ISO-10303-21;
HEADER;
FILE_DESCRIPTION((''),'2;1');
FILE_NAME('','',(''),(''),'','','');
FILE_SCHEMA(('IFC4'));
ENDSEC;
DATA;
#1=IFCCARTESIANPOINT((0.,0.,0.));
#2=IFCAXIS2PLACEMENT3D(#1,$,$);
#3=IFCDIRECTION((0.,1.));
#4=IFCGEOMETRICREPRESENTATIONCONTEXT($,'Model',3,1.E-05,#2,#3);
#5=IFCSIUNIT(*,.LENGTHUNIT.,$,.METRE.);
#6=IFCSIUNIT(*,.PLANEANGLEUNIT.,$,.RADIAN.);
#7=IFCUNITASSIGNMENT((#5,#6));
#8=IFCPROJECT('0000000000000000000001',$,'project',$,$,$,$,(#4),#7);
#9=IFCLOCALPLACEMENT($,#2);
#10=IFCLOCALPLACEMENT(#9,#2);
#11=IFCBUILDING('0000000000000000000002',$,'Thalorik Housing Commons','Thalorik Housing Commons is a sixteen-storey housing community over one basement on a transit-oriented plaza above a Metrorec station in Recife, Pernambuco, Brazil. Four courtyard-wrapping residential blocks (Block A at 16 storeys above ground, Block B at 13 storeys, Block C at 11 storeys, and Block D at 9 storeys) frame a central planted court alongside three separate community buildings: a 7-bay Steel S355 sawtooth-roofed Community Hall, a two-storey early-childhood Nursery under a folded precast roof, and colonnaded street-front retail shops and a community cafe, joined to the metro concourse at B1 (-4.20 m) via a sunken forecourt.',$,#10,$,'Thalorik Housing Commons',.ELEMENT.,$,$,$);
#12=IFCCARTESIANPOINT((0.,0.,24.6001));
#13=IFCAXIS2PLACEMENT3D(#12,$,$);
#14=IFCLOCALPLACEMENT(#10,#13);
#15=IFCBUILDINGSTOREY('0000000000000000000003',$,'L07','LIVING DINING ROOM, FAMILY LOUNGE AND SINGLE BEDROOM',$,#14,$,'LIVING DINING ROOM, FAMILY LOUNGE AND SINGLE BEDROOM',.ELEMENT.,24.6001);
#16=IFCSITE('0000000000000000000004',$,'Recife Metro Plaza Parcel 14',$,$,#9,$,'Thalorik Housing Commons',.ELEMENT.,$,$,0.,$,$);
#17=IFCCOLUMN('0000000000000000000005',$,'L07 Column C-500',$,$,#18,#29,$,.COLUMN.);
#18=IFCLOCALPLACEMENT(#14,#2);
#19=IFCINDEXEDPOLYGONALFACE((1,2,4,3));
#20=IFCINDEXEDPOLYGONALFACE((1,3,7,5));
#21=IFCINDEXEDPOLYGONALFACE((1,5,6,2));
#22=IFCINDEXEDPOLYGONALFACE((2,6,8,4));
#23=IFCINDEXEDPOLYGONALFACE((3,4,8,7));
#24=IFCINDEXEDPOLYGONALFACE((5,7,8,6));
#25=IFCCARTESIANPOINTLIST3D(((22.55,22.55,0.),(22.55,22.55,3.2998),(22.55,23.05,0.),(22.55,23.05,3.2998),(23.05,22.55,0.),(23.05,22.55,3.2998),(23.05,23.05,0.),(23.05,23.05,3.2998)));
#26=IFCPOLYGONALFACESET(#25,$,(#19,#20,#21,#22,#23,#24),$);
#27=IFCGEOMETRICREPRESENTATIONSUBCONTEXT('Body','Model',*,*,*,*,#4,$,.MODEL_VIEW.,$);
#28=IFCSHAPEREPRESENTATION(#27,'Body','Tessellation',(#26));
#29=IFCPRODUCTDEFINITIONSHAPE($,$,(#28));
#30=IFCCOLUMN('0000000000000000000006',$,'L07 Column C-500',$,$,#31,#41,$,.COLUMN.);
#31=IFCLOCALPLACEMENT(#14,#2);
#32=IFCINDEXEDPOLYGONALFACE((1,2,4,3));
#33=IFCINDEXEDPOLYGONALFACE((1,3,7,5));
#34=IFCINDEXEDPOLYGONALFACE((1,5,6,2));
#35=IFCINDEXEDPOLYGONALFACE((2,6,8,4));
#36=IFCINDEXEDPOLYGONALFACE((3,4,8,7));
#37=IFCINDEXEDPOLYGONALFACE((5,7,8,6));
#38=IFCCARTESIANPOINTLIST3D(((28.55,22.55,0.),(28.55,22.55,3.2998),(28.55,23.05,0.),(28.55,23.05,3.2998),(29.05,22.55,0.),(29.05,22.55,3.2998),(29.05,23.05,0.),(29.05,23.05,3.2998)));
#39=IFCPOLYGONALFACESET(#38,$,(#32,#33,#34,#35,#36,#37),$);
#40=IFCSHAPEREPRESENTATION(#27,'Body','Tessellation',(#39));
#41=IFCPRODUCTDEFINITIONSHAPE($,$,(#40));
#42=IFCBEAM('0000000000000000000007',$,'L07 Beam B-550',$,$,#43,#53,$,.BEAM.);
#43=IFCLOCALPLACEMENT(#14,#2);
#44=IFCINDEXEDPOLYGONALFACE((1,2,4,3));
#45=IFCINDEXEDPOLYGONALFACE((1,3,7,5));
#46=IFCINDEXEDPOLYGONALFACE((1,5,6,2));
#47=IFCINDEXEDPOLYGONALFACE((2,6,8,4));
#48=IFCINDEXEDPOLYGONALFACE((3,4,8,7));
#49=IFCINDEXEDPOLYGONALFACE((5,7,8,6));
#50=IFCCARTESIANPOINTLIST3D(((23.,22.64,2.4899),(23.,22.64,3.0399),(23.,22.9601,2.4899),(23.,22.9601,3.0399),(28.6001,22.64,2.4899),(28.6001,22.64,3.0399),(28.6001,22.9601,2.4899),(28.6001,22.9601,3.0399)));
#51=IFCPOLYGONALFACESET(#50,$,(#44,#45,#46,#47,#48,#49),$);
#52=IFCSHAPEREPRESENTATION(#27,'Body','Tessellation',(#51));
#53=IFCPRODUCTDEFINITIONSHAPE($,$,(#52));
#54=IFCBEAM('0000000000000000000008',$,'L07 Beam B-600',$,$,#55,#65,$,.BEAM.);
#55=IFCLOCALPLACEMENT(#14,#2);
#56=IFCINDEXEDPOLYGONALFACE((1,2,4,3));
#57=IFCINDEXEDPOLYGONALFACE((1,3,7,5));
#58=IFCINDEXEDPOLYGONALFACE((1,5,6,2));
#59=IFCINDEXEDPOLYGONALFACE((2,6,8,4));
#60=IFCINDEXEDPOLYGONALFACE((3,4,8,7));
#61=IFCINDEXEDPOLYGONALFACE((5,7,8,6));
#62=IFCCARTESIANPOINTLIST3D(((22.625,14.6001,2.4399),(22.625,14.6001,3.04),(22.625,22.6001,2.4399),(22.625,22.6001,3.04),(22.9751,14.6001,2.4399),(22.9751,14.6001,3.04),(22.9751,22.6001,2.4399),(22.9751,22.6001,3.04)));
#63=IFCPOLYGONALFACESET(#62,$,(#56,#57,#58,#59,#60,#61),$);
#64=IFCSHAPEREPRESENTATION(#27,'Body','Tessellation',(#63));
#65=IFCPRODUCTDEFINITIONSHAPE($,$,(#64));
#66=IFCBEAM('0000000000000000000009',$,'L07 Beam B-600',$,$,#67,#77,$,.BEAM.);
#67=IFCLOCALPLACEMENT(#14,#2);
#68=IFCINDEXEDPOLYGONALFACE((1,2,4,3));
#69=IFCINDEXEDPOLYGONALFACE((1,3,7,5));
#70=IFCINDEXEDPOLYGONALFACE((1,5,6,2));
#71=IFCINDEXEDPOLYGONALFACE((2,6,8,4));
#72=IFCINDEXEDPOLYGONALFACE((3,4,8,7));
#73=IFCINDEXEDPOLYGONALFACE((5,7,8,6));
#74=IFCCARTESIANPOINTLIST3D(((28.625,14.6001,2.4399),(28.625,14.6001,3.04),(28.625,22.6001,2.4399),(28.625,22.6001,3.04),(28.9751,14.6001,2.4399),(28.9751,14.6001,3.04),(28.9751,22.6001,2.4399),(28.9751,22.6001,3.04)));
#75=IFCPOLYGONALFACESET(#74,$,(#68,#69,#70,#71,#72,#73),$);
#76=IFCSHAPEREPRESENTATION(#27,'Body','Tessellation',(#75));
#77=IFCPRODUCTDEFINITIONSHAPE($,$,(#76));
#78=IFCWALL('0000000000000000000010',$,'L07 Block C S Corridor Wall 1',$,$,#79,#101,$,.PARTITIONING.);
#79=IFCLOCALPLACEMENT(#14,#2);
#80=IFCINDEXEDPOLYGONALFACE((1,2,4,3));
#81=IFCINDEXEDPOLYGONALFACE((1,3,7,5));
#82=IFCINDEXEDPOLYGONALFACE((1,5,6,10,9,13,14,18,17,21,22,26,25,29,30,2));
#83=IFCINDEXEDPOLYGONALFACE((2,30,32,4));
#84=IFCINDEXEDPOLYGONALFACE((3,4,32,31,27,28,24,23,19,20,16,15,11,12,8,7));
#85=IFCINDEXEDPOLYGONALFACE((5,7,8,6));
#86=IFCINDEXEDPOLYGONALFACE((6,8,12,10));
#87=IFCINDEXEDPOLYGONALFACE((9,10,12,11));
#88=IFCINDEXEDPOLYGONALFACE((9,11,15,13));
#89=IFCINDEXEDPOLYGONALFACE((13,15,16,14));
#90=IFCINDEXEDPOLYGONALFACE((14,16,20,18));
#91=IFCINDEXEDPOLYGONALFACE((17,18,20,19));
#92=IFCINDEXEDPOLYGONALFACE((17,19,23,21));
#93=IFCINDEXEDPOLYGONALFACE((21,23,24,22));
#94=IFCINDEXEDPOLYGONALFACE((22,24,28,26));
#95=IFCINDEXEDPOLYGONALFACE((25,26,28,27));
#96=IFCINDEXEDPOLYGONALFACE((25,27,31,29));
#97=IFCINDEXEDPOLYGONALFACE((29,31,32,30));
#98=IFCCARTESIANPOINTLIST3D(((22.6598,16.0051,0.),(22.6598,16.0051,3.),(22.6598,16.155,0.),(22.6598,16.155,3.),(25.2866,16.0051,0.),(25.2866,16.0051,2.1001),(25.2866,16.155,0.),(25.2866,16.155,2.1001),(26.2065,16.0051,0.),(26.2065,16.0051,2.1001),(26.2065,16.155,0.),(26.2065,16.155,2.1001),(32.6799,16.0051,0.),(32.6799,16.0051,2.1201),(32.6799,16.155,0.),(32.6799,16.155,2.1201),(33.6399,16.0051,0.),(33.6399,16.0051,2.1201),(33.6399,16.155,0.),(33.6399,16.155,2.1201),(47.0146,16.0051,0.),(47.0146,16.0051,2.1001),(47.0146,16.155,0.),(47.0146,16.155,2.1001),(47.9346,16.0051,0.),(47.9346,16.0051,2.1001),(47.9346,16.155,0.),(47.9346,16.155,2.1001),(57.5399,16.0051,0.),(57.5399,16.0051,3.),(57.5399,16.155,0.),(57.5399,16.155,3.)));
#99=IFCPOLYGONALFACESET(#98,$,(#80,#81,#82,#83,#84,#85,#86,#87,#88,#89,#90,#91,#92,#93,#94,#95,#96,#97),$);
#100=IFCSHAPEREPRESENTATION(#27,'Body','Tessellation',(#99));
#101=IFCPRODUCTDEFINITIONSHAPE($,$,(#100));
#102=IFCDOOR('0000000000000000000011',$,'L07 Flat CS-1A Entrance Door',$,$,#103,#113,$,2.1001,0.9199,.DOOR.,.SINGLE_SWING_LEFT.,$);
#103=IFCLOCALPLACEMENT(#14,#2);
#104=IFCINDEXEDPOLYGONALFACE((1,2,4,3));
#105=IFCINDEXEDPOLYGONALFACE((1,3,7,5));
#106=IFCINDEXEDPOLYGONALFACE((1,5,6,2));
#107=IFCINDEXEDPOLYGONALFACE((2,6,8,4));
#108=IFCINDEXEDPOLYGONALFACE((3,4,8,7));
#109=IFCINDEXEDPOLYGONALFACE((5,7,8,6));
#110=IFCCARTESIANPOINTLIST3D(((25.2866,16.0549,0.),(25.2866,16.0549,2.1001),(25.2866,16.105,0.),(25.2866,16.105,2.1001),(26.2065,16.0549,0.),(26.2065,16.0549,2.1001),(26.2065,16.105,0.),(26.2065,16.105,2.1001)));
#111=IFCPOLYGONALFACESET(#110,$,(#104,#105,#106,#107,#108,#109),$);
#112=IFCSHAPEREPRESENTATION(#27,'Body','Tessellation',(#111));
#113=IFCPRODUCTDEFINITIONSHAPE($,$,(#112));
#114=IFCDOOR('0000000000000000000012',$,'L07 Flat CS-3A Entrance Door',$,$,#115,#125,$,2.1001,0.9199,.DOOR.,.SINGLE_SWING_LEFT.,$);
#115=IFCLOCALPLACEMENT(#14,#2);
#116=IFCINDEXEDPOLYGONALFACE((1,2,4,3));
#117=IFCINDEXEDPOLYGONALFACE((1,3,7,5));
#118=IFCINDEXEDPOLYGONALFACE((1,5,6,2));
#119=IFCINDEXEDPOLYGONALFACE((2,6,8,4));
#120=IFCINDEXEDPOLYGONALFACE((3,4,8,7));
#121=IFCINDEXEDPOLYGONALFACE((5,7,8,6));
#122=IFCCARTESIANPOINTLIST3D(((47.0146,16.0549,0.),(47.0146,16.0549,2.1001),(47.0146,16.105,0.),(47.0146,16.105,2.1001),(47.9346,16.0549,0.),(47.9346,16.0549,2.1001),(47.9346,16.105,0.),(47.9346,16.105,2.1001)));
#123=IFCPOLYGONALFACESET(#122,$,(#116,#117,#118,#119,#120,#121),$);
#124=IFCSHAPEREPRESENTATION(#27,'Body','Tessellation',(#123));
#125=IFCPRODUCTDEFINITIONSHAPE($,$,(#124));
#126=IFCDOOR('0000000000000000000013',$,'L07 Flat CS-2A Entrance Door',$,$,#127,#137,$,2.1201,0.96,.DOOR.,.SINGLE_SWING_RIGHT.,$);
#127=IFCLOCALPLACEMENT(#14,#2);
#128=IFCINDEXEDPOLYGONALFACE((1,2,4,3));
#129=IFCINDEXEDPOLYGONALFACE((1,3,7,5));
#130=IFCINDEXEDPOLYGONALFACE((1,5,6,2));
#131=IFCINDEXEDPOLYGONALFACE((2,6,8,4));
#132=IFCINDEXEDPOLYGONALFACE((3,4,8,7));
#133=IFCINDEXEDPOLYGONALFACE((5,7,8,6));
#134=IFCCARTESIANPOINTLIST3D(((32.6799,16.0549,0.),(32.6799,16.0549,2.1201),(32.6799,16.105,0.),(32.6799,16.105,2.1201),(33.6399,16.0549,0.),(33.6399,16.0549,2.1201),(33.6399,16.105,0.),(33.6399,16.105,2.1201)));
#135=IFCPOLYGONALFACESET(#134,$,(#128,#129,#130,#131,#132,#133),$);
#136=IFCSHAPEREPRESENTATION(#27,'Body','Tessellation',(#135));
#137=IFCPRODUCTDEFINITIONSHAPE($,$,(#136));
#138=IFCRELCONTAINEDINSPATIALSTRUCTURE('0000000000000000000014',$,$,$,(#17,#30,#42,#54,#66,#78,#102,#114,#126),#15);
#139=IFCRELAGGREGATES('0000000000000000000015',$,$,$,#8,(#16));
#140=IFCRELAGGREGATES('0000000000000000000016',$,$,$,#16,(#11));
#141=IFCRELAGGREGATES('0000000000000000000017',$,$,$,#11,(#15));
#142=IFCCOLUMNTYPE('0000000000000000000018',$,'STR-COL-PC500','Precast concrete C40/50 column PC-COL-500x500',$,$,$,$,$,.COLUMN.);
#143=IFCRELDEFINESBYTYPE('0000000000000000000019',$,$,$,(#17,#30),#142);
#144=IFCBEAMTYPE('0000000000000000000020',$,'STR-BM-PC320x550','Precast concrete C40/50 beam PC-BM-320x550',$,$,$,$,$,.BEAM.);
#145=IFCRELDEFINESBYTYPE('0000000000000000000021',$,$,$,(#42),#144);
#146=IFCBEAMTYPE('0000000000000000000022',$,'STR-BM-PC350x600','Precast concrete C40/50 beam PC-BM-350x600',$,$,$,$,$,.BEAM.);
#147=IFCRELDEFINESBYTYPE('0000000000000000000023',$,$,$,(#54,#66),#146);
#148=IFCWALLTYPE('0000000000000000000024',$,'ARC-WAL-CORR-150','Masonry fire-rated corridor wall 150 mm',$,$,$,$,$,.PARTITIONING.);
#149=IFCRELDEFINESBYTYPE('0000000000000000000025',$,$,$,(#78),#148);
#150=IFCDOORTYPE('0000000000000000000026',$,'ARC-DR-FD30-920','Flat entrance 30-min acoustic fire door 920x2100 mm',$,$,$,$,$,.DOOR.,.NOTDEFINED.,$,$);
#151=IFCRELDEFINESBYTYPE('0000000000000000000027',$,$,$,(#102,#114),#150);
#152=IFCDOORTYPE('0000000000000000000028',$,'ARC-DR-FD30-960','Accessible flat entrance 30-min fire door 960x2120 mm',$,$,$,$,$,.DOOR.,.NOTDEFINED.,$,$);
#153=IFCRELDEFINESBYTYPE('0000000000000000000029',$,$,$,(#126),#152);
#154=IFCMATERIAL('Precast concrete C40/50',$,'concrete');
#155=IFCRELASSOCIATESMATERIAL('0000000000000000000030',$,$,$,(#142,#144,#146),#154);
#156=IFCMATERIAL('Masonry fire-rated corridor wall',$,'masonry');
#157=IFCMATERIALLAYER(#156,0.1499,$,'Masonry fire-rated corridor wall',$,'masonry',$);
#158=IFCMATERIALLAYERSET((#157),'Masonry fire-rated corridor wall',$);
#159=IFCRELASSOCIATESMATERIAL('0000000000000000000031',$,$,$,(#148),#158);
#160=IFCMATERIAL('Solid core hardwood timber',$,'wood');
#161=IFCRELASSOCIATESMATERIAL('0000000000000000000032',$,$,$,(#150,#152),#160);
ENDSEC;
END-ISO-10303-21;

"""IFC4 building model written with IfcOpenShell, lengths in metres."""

from ifc_helpers import new_model, si_unit, direction, frame, frame_2d, origin, origin_2d, place, context, subcontext, project, spatial, rectangle, extrude, material, layer, layer_set, material_profile, profile_set, type_object, element, fill, save


model = new_model("IFC4")

# Units and contexts
model_context = context("Model", 3, precision=1e-05, world=origin(), true_north=direction((0.0, 1.0)))
body_context = subcontext(model_context, "Body", "Model", "MODEL_VIEW")
ifc_project = project(units=[si_unit("LENGTHUNIT", "METRE"), si_unit("PLANEANGLEUNIT", "RADIAN")], contexts=[model_context])

# Site, building, storey
site_placement = place(None, origin())
site = spatial("IfcSite", under=ifc_project, at=site_placement, Name="Recife Metro Plaza Parcel 14", LongName="Thalorik Housing Commons", CompositionType="ELEMENT", RefElevation=0.0)
building_placement = place(site_placement, origin())
building = spatial("IfcBuilding", under=site, at=building_placement, Name="Thalorik Housing Commons", Description="Thalorik Housing Commons is a sixteen-storey housing community over one basement on a transit-oriented plaza above a Metrorec station in Recife, Pernambuco, Brazil. Four courtyard-wrapping residential blocks (Block A at 16 storeys above ground, Block B at 13 storeys, Block C at 11 storeys, and Block D at 9 storeys) frame a central planted court alongside three separate community buildings: a 7-bay Steel S355 sawtooth-roofed Community Hall, a two-storey early-childhood Nursery under a folded precast roof, and colonnaded street-front retail shops and a community cafe, joined to the metro concourse at B1 (-4.20 m) via a sunken forecourt.", LongName="Thalorik Housing Commons", CompositionType="ELEMENT")
storey_placement = place(building_placement, frame((0.0, 0.0, 24.6001)))
storey = spatial("IfcBuildingStorey", under=building, at=storey_placement, Name="L07", Description="LIVING DINING ROOM, FAMILY LOUNGE AND SINGLE BEDROOM", LongName="LIVING DINING ROOM, FAMILY LOUNGE AND SINGLE BEDROOM", CompositionType="ELEMENT", Elevation=24.6001)

# Columns
ifc_material_1 = material(Name="Precast concrete C40/50", Category="concrete")
ifc_material_profile_1 = material_profile(ifc_material_1, rectangle(XDim=0.5, YDim=0.5, at=origin_2d()), Name="PC 500x500", Category="concrete")
ifc_profile_set_1 = profile_set([ifc_material_profile_1], Name="Precast concrete C40/50")
column_type = type_object("IfcColumnType", Name="STR-COL-PC500", Description="Precast concrete C40/50 column PC-COL-500x500", PredefinedType="COLUMN", material=ifc_profile_set_1)
for number, where, z_axis, x_axis, name in (
    (1, (22.8, 22.8, 0.0), (0.0, 0.0, 1.0), (1.0, 0.0, 0.0), "L07 Column C-500"),
    (2, (28.8, 22.8, 0.0), (0.0, 0.0, 1.0), (1.0, 0.0, 0.0), "L07 Column C-500"),
):
    element("IfcColumn", number, at=place(storey_placement, frame(where, z_axis=z_axis, x_axis=x_axis)), inside=storey, type_object=column_type, Name=name, PredefinedType="COLUMN", context=body_context, shape_type="SweptSolid", body=[
        extrude(rectangle(XDim=0.5, YDim=0.5, at=origin_2d()), origin(), (0.0, 0.0, 1.0), 3.2998),
    ])

# Beams
ifc_material_profile_2 = material_profile(ifc_material_1, rectangle(XDim=0.3201, YDim=0.55, at=origin_2d()), Name="PC 320x550", Category="concrete")
ifc_profile_set_2 = profile_set([ifc_material_profile_2], Name="Precast concrete C40/50")
beam_type_1 = type_object("IfcBeamType", Name="STR-BM-PC320x550", Description="Precast concrete C40/50 beam PC-BM-320x550", PredefinedType="BEAM", material=ifc_profile_set_2)
beam_placement = place(storey_placement, frame((23.0, 22.8, 2.7649), z_axis=(1.0, 0.0, 0.0), x_axis=(0.0, 1.0, 0.0)))
element("IfcBeam", 3, at=beam_placement, inside=storey, type_object=beam_type_1, Name="L07 Beam B-550", PredefinedType="BEAM", context=body_context, shape_type="SweptSolid", body=[
    extrude(rectangle(XDim=0.3201, YDim=0.55, at=origin_2d()), origin(), (0.0, 0.0, 1.0), 5.6001),
])
ifc_material_profile_3 = material_profile(ifc_material_1, rectangle(XDim=0.3501, YDim=0.6001, at=origin_2d()), Name="PC 350x600", Category="concrete")
ifc_profile_set_3 = profile_set([ifc_material_profile_3], Name="Precast concrete C40/50")
beam_type_2 = type_object("IfcBeamType", Name="STR-BM-PC350x600", Description="Precast concrete C40/50 beam PC-BM-350x600", PredefinedType="BEAM", material=ifc_profile_set_3)
for number, where, z_axis, x_axis, name in (
    (4, (22.8, 14.6001, 2.74), (0.0, 1.0, 0.0), (-1.0, 0.0, 0.0), "L07 Beam B-600"),
    (5, (28.8, 14.6001, 2.74), (0.0, 1.0, 0.0), (-1.0, 0.0, 0.0), "L07 Beam B-600"),
):
    element("IfcBeam", number, at=place(storey_placement, frame(where, z_axis=z_axis, x_axis=x_axis)), inside=storey, type_object=beam_type_2, Name=name, PredefinedType="BEAM", context=body_context, shape_type="SweptSolid", body=[
        extrude(rectangle(XDim=0.3501, YDim=0.6001, at=origin_2d()), origin(), (0.0, 0.0, 1.0), 8.0),
    ])

# Wall, openings, doors
ifc_material_2 = material(Name="Masonry fire-rated corridor wall", Category="masonry")
ifc_layer_1 = layer(ifc_material_2, 0.1499, Name="Masonry fire-rated corridor wall", Category="masonry")
ifc_layer_set_1 = layer_set([ifc_layer_1], Name="Masonry fire-rated corridor wall")
wall_type_1 = type_object("IfcWallType", Name="ARC-WAL-CORR-150", Description="Masonry fire-rated corridor wall 150 mm", PredefinedType="PARTITIONING", material=ifc_layer_set_1)
wall_1_placement = place(storey_placement, frame((22.6599, 16.0801, 0.0), z_axis=(0.0, 0.0, 1.0), x_axis=(1.0, 0.0, 0.0)))
wall_1 = element("IfcWall", 6, at=wall_1_placement, inside=storey, type_object=wall_type_1, Name="L07 Block C S Corridor Wall 1", PredefinedType="PARTITIONING", context=body_context, shape_type="SweptSolid", body=[
    extrude(rectangle(XDim=34.8801, YDim=0.1499, at=frame_2d((17.4399, 0.0))), origin(), (0.0, 0.0, 1.0), 3.0),
])
opening_1_placement = place(wall_1_placement, frame((2.6267, 0.0, 0.0)))
opening_1 = element("IfcOpeningElement", 7, at=opening_1_placement, cuts=wall_1, PredefinedType="OPENING", context=body_context, shape_type="SweptSolid", body=[
    extrude(rectangle(XDim=0.9199, YDim=2.1001, at=frame_2d((0.46, 1.05))), frame((0.0, 0.085, 0.0), z_axis=(0.0, -1.0, 0.0), x_axis=(1.0, 0.0, 0.0)), (0.0, 0.0, 1.0), 0.1699),
])
opening_2_placement = place(wall_1_placement, frame((10.02, 0.0, 0.0)))
opening_2 = element("IfcOpeningElement", 8, at=opening_2_placement, cuts=wall_1, PredefinedType="OPENING", context=body_context, shape_type="SweptSolid", body=[
    extrude(rectangle(XDim=0.96, YDim=2.1201, at=frame_2d((0.48, 1.0601))), frame((0.0, 0.085, 0.0), z_axis=(0.0, -1.0, 0.0), x_axis=(1.0, 0.0, 0.0)), (0.0, 0.0, 1.0), 0.1699),
])
opening_3_placement = place(wall_1_placement, frame((24.3547, 0.0, 0.0)))
opening_3 = element("IfcOpeningElement", 9, at=opening_3_placement, cuts=wall_1, PredefinedType="OPENING", context=body_context, shape_type="SweptSolid", body=[
    extrude(rectangle(XDim=0.9199, YDim=2.1001, at=frame_2d((0.46, 1.05))), frame((0.0, 0.085, 0.0), z_axis=(0.0, -1.0, 0.0), x_axis=(1.0, 0.0, 0.0)), (0.0, 0.0, 1.0), 0.1699),
])
ifc_material_3 = material(Name="Solid core hardwood timber", Category="wood")
door_type_1 = type_object("IfcDoorType", Name="ARC-DR-FD30-920", Description="Flat entrance 30-min acoustic fire door 920x2100 mm", OperationType="NOTDEFINED", PredefinedType="DOOR", material=ifc_material_3)
door_1_placement = place(opening_1_placement, origin())
door_1 = element("IfcDoor", 10, at=door_1_placement, inside=storey, type_object=door_type_1, Name="L07 Flat CS-1A Entrance Door", OperationType="SINGLE_SWING_LEFT", OverallHeight=2.1001, OverallWidth=0.9199, PredefinedType="DOOR", context=body_context, shape_type="SweptSolid", body=[
    extrude(rectangle(XDim=0.9199, YDim=2.1001, at=frame_2d((0.46, 1.05))), frame((0.0, 0.0249, 0.0), z_axis=(0.0, -1.0, 0.0), x_axis=(1.0, 0.0, 0.0)), (0.0, 0.0, 1.0), 0.05),
])
fill(opening_1, door_1)
door_2_placement = place(opening_3_placement, origin())
door_2 = element("IfcDoor", 11, at=door_2_placement, inside=storey, type_object=door_type_1, Name="L07 Flat CS-3A Entrance Door", OperationType="SINGLE_SWING_LEFT", OverallHeight=2.1001, OverallWidth=0.9199, PredefinedType="DOOR", context=body_context, shape_type="SweptSolid", body=[
    extrude(rectangle(XDim=0.9199, YDim=2.1001, at=frame_2d((0.46, 1.05))), frame((0.0, 0.0249, 0.0), z_axis=(0.0, -1.0, 0.0), x_axis=(1.0, 0.0, 0.0)), (0.0, 0.0, 1.0), 0.05),
])
fill(opening_3, door_2)
door_type_2 = type_object("IfcDoorType", Name="ARC-DR-FD30-960", Description="Accessible flat entrance 30-min fire door 960x2120 mm", OperationType="NOTDEFINED", PredefinedType="DOOR", material=ifc_material_3)
door_3_placement = place(opening_2_placement, origin())
door_3 = element("IfcDoor", 12, at=door_3_placement, inside=storey, type_object=door_type_2, Name="L07 Flat CS-2A Entrance Door", OperationType="SINGLE_SWING_RIGHT", OverallHeight=2.1201, OverallWidth=0.96, PredefinedType="DOOR", context=body_context, shape_type="SweptSolid", body=[
    extrude(rectangle(XDim=0.96, YDim=2.1201, at=frame_2d((0.48, 1.0601))), frame((0.0, 0.0249, 0.0), z_axis=(0.0, -1.0, 0.0), x_axis=(1.0, 0.0, 0.0)), (0.0, 0.0, 1.0), 0.05),
])
fill(opening_2, door_3)

save(model, "model.ifc")
